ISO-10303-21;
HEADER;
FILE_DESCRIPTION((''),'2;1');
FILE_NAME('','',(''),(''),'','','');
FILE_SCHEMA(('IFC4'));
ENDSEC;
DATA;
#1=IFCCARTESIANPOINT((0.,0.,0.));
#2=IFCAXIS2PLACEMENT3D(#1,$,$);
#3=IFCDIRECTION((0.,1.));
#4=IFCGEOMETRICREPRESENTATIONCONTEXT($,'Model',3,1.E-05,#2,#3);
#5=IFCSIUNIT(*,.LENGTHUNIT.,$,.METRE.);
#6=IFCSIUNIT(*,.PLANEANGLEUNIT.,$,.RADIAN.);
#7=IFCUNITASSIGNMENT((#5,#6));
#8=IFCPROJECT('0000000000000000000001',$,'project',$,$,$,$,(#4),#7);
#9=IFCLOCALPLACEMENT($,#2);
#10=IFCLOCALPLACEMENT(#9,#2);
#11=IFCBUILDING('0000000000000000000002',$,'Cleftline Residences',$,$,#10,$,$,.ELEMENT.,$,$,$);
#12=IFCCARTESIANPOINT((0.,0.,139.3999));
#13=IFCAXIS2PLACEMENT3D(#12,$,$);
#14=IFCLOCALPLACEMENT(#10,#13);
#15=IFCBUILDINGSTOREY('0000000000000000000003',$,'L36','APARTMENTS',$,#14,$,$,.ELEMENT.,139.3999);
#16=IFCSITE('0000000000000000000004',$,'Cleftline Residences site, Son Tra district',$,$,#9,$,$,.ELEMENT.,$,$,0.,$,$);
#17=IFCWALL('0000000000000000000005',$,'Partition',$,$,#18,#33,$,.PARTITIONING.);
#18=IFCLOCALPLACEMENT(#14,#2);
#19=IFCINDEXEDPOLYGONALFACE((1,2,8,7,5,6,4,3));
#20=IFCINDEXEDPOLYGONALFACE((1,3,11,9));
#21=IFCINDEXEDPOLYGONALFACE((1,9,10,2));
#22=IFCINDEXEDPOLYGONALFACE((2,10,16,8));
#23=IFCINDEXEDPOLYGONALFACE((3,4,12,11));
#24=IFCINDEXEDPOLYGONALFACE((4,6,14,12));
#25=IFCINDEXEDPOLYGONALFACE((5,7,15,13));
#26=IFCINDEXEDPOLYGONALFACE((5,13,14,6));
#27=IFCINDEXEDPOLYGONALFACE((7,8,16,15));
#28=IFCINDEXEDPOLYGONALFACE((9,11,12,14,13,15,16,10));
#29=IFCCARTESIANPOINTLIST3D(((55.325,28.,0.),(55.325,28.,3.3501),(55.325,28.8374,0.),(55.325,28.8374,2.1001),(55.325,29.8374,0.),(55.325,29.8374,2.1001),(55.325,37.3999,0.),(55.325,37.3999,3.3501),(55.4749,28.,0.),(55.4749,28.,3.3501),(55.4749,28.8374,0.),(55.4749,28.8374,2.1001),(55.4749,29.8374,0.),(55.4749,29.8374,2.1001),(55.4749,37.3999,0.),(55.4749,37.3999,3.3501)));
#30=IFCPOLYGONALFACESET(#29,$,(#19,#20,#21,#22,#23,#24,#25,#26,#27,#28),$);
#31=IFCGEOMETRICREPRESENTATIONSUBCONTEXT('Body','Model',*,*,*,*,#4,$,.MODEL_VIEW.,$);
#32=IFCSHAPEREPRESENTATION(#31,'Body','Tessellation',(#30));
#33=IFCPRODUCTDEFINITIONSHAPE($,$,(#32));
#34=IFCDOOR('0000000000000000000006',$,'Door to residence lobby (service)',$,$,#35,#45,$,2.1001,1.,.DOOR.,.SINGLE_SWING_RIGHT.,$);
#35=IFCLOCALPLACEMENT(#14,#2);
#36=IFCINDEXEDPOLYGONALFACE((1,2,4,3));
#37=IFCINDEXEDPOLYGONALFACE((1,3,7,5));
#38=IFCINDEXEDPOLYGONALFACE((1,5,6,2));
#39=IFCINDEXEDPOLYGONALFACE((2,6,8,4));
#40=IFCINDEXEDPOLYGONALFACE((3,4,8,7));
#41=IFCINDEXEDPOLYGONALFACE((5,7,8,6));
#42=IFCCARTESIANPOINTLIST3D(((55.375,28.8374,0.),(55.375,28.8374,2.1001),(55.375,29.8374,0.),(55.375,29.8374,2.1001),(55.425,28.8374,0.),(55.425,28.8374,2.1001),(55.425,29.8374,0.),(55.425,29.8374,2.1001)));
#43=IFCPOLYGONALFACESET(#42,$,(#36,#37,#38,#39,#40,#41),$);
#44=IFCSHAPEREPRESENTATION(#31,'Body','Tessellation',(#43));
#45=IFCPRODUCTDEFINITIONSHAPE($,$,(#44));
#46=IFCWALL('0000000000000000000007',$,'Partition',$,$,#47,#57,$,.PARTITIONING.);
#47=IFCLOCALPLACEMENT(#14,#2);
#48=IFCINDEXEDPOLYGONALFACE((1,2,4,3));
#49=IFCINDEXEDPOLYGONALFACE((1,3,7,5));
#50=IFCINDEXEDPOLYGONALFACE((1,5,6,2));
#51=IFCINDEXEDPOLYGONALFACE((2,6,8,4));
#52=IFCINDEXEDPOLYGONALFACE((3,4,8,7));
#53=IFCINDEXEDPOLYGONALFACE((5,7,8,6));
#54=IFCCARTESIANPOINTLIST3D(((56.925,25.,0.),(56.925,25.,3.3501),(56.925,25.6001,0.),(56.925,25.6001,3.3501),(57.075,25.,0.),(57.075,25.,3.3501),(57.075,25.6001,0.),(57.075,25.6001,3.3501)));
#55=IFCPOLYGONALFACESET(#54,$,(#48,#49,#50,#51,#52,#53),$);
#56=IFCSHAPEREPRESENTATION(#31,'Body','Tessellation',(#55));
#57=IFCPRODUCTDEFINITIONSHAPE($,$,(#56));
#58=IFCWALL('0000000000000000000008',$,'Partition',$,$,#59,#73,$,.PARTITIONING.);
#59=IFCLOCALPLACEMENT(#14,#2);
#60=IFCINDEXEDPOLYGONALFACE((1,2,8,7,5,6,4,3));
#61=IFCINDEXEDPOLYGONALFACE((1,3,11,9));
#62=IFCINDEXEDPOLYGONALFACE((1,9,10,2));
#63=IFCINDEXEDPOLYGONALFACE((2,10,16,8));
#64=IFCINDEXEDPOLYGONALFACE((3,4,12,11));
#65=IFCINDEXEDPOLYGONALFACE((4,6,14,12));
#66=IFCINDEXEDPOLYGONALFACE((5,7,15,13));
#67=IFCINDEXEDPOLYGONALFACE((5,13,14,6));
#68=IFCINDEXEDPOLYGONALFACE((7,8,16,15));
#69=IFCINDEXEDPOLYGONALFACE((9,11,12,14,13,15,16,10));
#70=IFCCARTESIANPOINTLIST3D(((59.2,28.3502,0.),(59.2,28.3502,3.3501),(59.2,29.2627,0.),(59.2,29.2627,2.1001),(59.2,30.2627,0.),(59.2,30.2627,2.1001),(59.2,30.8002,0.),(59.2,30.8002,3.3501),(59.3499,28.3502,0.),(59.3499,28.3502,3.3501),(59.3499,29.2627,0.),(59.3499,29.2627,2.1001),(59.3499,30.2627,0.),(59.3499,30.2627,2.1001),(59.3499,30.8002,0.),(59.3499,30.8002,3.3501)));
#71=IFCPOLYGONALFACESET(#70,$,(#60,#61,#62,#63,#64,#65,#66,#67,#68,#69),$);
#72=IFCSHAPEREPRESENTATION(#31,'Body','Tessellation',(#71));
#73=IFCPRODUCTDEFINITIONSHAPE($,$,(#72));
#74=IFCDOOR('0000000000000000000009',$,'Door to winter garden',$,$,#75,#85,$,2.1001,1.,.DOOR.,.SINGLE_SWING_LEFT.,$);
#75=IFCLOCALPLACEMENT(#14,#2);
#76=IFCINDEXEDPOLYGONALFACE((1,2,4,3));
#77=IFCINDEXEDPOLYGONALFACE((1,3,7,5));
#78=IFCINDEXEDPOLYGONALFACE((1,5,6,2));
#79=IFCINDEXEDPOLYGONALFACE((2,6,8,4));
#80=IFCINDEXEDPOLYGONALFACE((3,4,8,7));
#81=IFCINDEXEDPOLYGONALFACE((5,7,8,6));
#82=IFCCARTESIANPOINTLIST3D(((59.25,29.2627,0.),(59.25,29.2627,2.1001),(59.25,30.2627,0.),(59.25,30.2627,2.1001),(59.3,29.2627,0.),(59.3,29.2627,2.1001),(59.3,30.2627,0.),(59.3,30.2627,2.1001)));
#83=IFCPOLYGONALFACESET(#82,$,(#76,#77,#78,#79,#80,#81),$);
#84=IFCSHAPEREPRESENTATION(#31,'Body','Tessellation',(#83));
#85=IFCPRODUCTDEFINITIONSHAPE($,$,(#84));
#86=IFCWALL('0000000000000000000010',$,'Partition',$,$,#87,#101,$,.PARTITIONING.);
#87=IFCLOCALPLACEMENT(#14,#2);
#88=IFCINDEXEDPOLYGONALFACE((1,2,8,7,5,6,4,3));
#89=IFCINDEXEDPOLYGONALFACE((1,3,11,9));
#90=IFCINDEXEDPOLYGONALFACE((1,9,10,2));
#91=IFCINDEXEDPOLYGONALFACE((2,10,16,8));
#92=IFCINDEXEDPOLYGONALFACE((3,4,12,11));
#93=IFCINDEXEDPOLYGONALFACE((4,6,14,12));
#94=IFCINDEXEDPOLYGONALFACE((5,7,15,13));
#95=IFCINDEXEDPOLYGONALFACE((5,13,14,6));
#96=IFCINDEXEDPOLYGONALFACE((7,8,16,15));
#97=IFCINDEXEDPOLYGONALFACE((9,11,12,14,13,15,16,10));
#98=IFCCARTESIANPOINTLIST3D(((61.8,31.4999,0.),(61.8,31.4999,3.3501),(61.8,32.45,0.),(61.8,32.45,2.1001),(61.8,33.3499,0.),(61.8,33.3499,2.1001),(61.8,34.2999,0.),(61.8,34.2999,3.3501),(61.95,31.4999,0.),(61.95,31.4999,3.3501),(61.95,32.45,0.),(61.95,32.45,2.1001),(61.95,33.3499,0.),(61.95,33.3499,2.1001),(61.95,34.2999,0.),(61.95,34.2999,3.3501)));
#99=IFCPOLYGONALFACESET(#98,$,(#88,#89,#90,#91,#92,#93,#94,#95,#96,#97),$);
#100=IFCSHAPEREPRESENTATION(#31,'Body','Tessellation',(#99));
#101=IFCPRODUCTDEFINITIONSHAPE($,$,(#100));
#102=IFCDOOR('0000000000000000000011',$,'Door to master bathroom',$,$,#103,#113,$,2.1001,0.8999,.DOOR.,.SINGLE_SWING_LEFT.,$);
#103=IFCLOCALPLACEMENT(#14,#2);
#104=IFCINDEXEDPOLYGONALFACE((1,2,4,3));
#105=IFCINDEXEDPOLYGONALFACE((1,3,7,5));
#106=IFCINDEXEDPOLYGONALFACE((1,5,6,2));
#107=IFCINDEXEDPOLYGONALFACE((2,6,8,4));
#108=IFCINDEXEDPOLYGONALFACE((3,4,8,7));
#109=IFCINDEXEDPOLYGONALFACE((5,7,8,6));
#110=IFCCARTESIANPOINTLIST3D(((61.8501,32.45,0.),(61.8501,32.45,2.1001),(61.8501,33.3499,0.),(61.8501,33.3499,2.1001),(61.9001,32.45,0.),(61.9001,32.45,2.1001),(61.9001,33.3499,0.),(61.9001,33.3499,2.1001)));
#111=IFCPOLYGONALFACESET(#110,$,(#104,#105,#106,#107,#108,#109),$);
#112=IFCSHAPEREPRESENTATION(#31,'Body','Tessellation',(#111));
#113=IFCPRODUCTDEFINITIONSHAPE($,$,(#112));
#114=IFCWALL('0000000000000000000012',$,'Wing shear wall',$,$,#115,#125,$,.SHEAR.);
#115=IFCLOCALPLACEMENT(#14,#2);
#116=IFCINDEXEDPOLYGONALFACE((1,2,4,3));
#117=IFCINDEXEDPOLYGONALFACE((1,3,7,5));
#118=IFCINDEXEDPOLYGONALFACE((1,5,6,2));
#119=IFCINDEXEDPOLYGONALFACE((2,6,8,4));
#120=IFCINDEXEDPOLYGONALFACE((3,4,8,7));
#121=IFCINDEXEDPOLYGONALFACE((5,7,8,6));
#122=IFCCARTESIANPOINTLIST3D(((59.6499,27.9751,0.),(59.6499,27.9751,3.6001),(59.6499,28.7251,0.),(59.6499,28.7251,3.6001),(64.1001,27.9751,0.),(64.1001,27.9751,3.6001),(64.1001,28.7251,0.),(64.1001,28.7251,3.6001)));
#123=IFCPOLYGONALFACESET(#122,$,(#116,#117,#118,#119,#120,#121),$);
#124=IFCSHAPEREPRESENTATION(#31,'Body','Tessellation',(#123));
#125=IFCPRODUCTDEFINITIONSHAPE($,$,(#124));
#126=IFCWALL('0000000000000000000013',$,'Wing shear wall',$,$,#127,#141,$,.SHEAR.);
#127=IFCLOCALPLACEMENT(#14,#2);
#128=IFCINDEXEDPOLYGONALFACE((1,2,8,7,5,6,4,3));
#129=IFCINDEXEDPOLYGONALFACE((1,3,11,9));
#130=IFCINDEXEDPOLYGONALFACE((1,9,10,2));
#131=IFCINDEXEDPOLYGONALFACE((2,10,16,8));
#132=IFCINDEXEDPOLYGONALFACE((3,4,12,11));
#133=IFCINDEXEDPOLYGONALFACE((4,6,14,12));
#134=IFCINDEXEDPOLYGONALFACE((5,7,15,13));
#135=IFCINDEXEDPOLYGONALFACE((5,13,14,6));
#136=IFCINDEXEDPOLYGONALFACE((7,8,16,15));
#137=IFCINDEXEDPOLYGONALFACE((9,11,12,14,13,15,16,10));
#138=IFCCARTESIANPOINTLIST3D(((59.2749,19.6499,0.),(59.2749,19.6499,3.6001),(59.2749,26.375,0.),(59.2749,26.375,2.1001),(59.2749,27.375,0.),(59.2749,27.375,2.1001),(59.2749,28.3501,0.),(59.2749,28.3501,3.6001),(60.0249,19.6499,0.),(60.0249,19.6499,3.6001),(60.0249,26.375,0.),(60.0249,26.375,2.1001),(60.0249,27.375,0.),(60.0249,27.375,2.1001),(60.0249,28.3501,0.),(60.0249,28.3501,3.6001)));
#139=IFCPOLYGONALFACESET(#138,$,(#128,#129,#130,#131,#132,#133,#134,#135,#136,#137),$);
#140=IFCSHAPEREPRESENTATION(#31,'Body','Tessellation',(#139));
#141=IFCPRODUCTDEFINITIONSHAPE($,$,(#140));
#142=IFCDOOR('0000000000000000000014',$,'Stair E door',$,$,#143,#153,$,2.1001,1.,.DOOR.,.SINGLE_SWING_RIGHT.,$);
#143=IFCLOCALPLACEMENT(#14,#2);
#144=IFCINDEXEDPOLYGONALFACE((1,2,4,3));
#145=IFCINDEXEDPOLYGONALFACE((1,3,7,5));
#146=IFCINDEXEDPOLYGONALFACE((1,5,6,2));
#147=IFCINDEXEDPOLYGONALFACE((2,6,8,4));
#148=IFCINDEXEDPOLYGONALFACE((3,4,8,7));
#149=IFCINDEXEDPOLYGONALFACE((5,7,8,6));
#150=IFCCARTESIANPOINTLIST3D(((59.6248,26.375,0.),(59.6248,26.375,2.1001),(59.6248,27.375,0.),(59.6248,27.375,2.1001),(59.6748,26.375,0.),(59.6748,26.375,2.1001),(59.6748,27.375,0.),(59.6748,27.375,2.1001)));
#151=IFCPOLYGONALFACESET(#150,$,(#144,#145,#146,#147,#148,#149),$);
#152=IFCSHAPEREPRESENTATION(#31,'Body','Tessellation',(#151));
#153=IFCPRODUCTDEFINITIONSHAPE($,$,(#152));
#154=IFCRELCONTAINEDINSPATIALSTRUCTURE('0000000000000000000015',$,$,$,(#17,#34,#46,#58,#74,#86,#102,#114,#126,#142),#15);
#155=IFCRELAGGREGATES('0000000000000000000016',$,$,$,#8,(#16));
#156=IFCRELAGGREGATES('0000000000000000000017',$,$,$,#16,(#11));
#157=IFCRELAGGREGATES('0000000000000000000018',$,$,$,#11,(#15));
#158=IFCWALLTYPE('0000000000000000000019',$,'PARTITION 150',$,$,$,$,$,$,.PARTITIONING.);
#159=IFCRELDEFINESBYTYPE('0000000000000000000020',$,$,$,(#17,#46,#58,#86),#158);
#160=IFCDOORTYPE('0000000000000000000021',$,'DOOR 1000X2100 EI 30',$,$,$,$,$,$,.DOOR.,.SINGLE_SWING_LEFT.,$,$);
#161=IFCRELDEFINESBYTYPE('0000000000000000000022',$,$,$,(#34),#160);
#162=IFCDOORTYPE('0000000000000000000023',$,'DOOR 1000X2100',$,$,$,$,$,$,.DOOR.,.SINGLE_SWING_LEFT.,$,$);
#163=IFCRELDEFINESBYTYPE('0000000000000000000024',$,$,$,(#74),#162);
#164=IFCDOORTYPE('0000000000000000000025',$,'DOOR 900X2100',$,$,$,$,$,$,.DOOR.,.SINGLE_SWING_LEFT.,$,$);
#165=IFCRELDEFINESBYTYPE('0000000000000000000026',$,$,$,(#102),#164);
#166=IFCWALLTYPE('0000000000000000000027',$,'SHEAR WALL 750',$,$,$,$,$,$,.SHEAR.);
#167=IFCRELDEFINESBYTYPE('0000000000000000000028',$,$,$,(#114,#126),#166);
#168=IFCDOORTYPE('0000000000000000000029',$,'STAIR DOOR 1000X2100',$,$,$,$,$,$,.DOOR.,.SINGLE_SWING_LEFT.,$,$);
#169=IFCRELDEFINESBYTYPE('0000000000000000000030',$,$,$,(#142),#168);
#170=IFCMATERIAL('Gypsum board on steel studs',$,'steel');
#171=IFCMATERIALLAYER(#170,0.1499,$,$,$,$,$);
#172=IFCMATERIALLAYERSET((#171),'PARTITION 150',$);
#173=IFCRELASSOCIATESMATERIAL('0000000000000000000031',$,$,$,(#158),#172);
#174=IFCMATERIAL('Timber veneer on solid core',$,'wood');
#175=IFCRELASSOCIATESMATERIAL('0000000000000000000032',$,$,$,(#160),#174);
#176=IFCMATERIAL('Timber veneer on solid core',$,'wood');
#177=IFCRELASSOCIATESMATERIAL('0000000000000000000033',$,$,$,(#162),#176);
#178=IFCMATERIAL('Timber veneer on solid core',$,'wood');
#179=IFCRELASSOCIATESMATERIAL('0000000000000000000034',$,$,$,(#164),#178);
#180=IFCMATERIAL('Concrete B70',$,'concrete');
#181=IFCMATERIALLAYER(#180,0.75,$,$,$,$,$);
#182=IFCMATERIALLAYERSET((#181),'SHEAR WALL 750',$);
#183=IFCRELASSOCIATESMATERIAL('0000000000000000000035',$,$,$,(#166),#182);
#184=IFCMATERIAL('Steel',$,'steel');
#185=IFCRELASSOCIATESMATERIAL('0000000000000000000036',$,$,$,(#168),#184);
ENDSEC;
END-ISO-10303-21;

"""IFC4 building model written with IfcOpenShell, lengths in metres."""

from ifc_helpers import new_model, si_unit, direction, frame, frame_2d, origin, place, context, subcontext, project, spatial, rectangle, extrude, material, layer, layer_set, type_object, element, fill, save


model = new_model("IFC4")

# Units and contexts
model_context = context("Model", 3, precision=1e-05, world=origin(), true_north=direction((0.0, 1.0)))
body_context = subcontext(model_context, "Body", "Model", "MODEL_VIEW")
ifc_project = project(units=[si_unit("LENGTHUNIT", "METRE"), si_unit("PLANEANGLEUNIT", "RADIAN")], contexts=[model_context])

# Site, building, storey
site_placement = place(None, origin())
site = spatial("IfcSite", under=ifc_project, at=site_placement, Name="Cleftline Residences site, Son Tra district", CompositionType="ELEMENT", RefElevation=0.0)
building_placement = place(site_placement, origin())
building = spatial("IfcBuilding", under=site, at=building_placement, Name="Cleftline Residences", CompositionType="ELEMENT")
storey_placement = place(building_placement, frame((0.0, 0.0, 139.3999)))
storey = spatial("IfcBuildingStorey", under=building, at=storey_placement, Name="L36", Description="APARTMENTS", CompositionType="ELEMENT", Elevation=139.3999)

# Shared definitions
ifc_material_1 = material(Name="Gypsum board on steel studs", Category="steel")
ifc_layer_1 = layer(ifc_material_1, 0.1499)
ifc_layer_set_1 = layer_set([ifc_layer_1], Name="PARTITION 150")
wall_type_1 = type_object("IfcWallType", Name="PARTITION 150", PredefinedType="PARTITIONING", material=ifc_layer_set_1)

# Wall, opening, door
wall_1_placement = place(storey_placement, frame((55.3999, 28.0, 0.0), z_axis=(0.0, 0.0, 1.0), x_axis=(0.0, 1.0, 0.0)))
wall_1 = element("IfcWall", 1, at=wall_1_placement, inside=storey, type_object=wall_type_1, Name="Partition", PredefinedType="PARTITIONING", context=body_context, shape_type="SweptSolid", body=[
    extrude(rectangle(XDim=9.3999, YDim=0.1499, at=frame_2d((4.7, 0.0))), origin(), (0.0, 0.0, 1.0), 3.3501),
])
opening_1_placement = place(wall_1_placement, frame((0.8374, 0.0, 0.0)))
opening_1 = element("IfcOpeningElement", 2, at=opening_1_placement, cuts=wall_1, PredefinedType="OPENING", context=body_context, shape_type="SweptSolid", body=[
    extrude(rectangle(XDim=1.0, YDim=2.1001, at=frame_2d((0.5, 1.05))), frame((0.0, 0.085, 0.0), z_axis=(0.0, -1.0, 0.0), x_axis=(1.0, 0.0, 0.0)), (0.0, 0.0, 1.0), 0.1699),
])
ifc_material_2 = material(Name="Timber veneer on solid core", Category="wood")
door_type_1 = type_object("IfcDoorType", Name="DOOR 1000X2100 EI 30", OperationType="SINGLE_SWING_LEFT", PredefinedType="DOOR", material=ifc_material_2)
door_1_placement = place(opening_1_placement, origin())
door_1 = element("IfcDoor", 3, at=door_1_placement, inside=storey, type_object=door_type_1, Name="Door to residence lobby (service)", OperationType="SINGLE_SWING_RIGHT", OverallHeight=2.1001, OverallWidth=1.0, PredefinedType="DOOR", context=body_context, shape_type="SweptSolid", body=[
    extrude(rectangle(XDim=1.0, YDim=2.1001, at=frame_2d((0.5, 1.05))), frame((0.0, 0.0249, 0.0), z_axis=(0.0, -1.0, 0.0), x_axis=(1.0, 0.0, 0.0)), (0.0, 0.0, 1.0), 0.05),
])
fill(opening_1, door_1)

# Wall
wall_2_placement = place(storey_placement, frame((57.0, 25.0, 0.0), z_axis=(0.0, 0.0, 1.0), x_axis=(0.0, 1.0, 0.0)))
element("IfcWall", 4, at=wall_2_placement, inside=storey, type_object=wall_type_1, Name="Partition", PredefinedType="PARTITIONING", context=body_context, shape_type="SweptSolid", body=[
    extrude(rectangle(XDim=0.6001, YDim=0.1499, at=frame_2d((0.3, 0.0))), origin(), (0.0, 0.0, 1.0), 3.3501),
])

# Walls, openings, doors
wall_3_placement = place(storey_placement, frame((59.2749, 28.3501, 0.0), z_axis=(0.0, 0.0, 1.0), x_axis=(0.0, 1.0, 0.0)))
wall_3 = element("IfcWall", 5, at=wall_3_placement, inside=storey, type_object=wall_type_1, Name="Partition", PredefinedType="PARTITIONING", context=body_context, shape_type="SweptSolid", body=[
    extrude(rectangle(XDim=2.45, YDim=0.1499, at=frame_2d((1.2251, 0.0))), origin(), (0.0, 0.0, 1.0), 3.3501),
])
opening_2_placement = place(wall_3_placement, frame((0.9126, 0.0, 0.0)))
opening_2 = element("IfcOpeningElement", 6, at=opening_2_placement, cuts=wall_3, PredefinedType="OPENING", context=body_context, shape_type="SweptSolid", body=[
    extrude(rectangle(XDim=1.0, YDim=2.1001, at=frame_2d((0.5, 1.05))), frame((0.0, 0.085, 0.0), z_axis=(0.0, -1.0, 0.0), x_axis=(1.0, 0.0, 0.0)), (0.0, 0.0, 1.0), 0.1699),
])
ifc_material_3 = material(Name="Timber veneer on solid core", Category="wood")
door_type_2 = type_object("IfcDoorType", Name="DOOR 1000X2100", OperationType="SINGLE_SWING_LEFT", PredefinedType="DOOR", material=ifc_material_3)
door_2_placement = place(opening_2_placement, origin())
door_2 = element("IfcDoor", 7, at=door_2_placement, inside=storey, type_object=door_type_2, Name="Door to winter garden", OperationType="SINGLE_SWING_LEFT", OverallHeight=2.1001, OverallWidth=1.0, PredefinedType="DOOR", context=body_context, shape_type="SweptSolid", body=[
    extrude(rectangle(XDim=1.0, YDim=2.1001, at=frame_2d((0.5, 1.05))), frame((0.0, 0.0249, 0.0), z_axis=(0.0, -1.0, 0.0), x_axis=(1.0, 0.0, 0.0)), (0.0, 0.0, 1.0), 0.05),
])
fill(opening_2, door_2)
wall_4_placement = place(storey_placement, frame((61.875, 31.5, 0.0), z_axis=(0.0, 0.0, 1.0), x_axis=(0.0, 1.0, 0.0)))
wall_4 = element("IfcWall", 8, at=wall_4_placement, inside=storey, type_object=wall_type_1, Name="Partition", PredefinedType="PARTITIONING", context=body_context, shape_type="SweptSolid", body=[
    extrude(rectangle(XDim=2.8, YDim=0.1499, at=frame_2d((1.3999, 0.0))), origin(), (0.0, 0.0, 1.0), 3.3501),
])
opening_3_placement = place(wall_4_placement, frame((0.95, 0.0, 0.0)))
opening_3 = element("IfcOpeningElement", 9, at=opening_3_placement, cuts=wall_4, PredefinedType="OPENING", context=body_context, shape_type="SweptSolid", body=[
    extrude(rectangle(XDim=0.8999, YDim=2.1001, at=frame_2d((0.45, 1.05))), frame((0.0, 0.085, 0.0), z_axis=(0.0, -1.0, 0.0), x_axis=(1.0, 0.0, 0.0)), (0.0, 0.0, 1.0), 0.1699),
])
ifc_material_4 = material(Name="Timber veneer on solid core", Category="wood")
door_type_3 = type_object("IfcDoorType", Name="DOOR 900X2100", OperationType="SINGLE_SWING_LEFT", PredefinedType="DOOR", material=ifc_material_4)
door_3_placement = place(opening_3_placement, origin())
door_3 = element("IfcDoor", 10, at=door_3_placement, inside=storey, type_object=door_type_3, Name="Door to master bathroom", OperationType="SINGLE_SWING_LEFT", OverallHeight=2.1001, OverallWidth=0.8999, PredefinedType="DOOR", context=body_context, shape_type="SweptSolid", body=[
    extrude(rectangle(XDim=0.8999, YDim=2.1001, at=frame_2d((0.45, 1.05))), frame((0.0, 0.0249, 0.0), z_axis=(0.0, -1.0, 0.0), x_axis=(1.0, 0.0, 0.0)), (0.0, 0.0, 1.0), 0.05),
])
fill(opening_3, door_3)

# Wall
ifc_material_5 = material(Name="Concrete B70", Category="concrete")
ifc_layer_2 = layer(ifc_material_5, 0.75)
ifc_layer_set_2 = layer_set([ifc_layer_2], Name="SHEAR WALL 750")
wall_type_2 = type_object("IfcWallType", Name="SHEAR WALL 750", PredefinedType="SHEAR", material=ifc_layer_set_2)
wall_5_placement = place(storey_placement, frame((64.1001, 28.3501, 0.0), z_axis=(0.0, 0.0, 1.0), x_axis=(-1.0, 0.0, 0.0)))
element("IfcWall", 11, at=wall_5_placement, inside=storey, type_object=wall_type_2, Name="Wing shear wall", PredefinedType="SHEAR", context=body_context, shape_type="SweptSolid", body=[
    extrude(rectangle(XDim=4.4502, YDim=0.75, at=frame_2d((2.2251, 0.0))), origin(), (0.0, 0.0, 1.0), 3.6001),
])

# Wall, opening, door
wall_6_placement = place(storey_placement, frame((59.6499, 28.3501, 0.0), z_axis=(0.0, 0.0, 1.0), x_axis=(0.0, -1.0, 0.0)))
wall_6 = element("IfcWall", 12, at=wall_6_placement, inside=storey, type_object=wall_type_2, Name="Wing shear wall", PredefinedType="SHEAR", context=body_context, shape_type="SweptSolid", body=[
    extrude(rectangle(XDim=8.7002, YDim=0.75, at=frame_2d((4.3501, 0.0))), origin(), (0.0, 0.0, 1.0), 3.6001),
])
opening_4_placement = place(wall_6_placement, frame((0.9751, 0.0, 0.0)))
opening_4 = element("IfcOpeningElement", 13, at=opening_4_placement, cuts=wall_6, PredefinedType="OPENING", context=body_context, shape_type="SweptSolid", body=[
    extrude(rectangle(XDim=1.0, YDim=2.1001, at=frame_2d((0.5, 1.05))), frame((0.0, 0.385, 0.0), z_axis=(0.0, -1.0, 0.0), x_axis=(1.0, 0.0, 0.0)), (0.0, 0.0, 1.0), 0.77),
])
ifc_material_6 = material(Name="Steel", Category="steel")
door_type_4 = type_object("IfcDoorType", Name="STAIR DOOR 1000X2100", OperationType="SINGLE_SWING_LEFT", PredefinedType="DOOR", material=ifc_material_6)
door_4_placement = place(opening_4_placement, origin())
door_4 = element("IfcDoor", 14, at=door_4_placement, inside=storey, type_object=door_type_4, Name="Stair E door", OperationType="SINGLE_SWING_RIGHT", OverallHeight=2.1001, OverallWidth=1.0, PredefinedType="DOOR", context=body_context, shape_type="SweptSolid", body=[
    extrude(rectangle(XDim=1.0, YDim=2.1001, at=frame_2d((0.5, 1.05))), frame((0.0, 0.0249, 0.0), z_axis=(0.0, -1.0, 0.0), x_axis=(1.0, 0.0, 0.0)), (0.0, 0.0, 1.0), 0.05),
])
fill(opening_4, door_4)

save(model, "model.ifc")
